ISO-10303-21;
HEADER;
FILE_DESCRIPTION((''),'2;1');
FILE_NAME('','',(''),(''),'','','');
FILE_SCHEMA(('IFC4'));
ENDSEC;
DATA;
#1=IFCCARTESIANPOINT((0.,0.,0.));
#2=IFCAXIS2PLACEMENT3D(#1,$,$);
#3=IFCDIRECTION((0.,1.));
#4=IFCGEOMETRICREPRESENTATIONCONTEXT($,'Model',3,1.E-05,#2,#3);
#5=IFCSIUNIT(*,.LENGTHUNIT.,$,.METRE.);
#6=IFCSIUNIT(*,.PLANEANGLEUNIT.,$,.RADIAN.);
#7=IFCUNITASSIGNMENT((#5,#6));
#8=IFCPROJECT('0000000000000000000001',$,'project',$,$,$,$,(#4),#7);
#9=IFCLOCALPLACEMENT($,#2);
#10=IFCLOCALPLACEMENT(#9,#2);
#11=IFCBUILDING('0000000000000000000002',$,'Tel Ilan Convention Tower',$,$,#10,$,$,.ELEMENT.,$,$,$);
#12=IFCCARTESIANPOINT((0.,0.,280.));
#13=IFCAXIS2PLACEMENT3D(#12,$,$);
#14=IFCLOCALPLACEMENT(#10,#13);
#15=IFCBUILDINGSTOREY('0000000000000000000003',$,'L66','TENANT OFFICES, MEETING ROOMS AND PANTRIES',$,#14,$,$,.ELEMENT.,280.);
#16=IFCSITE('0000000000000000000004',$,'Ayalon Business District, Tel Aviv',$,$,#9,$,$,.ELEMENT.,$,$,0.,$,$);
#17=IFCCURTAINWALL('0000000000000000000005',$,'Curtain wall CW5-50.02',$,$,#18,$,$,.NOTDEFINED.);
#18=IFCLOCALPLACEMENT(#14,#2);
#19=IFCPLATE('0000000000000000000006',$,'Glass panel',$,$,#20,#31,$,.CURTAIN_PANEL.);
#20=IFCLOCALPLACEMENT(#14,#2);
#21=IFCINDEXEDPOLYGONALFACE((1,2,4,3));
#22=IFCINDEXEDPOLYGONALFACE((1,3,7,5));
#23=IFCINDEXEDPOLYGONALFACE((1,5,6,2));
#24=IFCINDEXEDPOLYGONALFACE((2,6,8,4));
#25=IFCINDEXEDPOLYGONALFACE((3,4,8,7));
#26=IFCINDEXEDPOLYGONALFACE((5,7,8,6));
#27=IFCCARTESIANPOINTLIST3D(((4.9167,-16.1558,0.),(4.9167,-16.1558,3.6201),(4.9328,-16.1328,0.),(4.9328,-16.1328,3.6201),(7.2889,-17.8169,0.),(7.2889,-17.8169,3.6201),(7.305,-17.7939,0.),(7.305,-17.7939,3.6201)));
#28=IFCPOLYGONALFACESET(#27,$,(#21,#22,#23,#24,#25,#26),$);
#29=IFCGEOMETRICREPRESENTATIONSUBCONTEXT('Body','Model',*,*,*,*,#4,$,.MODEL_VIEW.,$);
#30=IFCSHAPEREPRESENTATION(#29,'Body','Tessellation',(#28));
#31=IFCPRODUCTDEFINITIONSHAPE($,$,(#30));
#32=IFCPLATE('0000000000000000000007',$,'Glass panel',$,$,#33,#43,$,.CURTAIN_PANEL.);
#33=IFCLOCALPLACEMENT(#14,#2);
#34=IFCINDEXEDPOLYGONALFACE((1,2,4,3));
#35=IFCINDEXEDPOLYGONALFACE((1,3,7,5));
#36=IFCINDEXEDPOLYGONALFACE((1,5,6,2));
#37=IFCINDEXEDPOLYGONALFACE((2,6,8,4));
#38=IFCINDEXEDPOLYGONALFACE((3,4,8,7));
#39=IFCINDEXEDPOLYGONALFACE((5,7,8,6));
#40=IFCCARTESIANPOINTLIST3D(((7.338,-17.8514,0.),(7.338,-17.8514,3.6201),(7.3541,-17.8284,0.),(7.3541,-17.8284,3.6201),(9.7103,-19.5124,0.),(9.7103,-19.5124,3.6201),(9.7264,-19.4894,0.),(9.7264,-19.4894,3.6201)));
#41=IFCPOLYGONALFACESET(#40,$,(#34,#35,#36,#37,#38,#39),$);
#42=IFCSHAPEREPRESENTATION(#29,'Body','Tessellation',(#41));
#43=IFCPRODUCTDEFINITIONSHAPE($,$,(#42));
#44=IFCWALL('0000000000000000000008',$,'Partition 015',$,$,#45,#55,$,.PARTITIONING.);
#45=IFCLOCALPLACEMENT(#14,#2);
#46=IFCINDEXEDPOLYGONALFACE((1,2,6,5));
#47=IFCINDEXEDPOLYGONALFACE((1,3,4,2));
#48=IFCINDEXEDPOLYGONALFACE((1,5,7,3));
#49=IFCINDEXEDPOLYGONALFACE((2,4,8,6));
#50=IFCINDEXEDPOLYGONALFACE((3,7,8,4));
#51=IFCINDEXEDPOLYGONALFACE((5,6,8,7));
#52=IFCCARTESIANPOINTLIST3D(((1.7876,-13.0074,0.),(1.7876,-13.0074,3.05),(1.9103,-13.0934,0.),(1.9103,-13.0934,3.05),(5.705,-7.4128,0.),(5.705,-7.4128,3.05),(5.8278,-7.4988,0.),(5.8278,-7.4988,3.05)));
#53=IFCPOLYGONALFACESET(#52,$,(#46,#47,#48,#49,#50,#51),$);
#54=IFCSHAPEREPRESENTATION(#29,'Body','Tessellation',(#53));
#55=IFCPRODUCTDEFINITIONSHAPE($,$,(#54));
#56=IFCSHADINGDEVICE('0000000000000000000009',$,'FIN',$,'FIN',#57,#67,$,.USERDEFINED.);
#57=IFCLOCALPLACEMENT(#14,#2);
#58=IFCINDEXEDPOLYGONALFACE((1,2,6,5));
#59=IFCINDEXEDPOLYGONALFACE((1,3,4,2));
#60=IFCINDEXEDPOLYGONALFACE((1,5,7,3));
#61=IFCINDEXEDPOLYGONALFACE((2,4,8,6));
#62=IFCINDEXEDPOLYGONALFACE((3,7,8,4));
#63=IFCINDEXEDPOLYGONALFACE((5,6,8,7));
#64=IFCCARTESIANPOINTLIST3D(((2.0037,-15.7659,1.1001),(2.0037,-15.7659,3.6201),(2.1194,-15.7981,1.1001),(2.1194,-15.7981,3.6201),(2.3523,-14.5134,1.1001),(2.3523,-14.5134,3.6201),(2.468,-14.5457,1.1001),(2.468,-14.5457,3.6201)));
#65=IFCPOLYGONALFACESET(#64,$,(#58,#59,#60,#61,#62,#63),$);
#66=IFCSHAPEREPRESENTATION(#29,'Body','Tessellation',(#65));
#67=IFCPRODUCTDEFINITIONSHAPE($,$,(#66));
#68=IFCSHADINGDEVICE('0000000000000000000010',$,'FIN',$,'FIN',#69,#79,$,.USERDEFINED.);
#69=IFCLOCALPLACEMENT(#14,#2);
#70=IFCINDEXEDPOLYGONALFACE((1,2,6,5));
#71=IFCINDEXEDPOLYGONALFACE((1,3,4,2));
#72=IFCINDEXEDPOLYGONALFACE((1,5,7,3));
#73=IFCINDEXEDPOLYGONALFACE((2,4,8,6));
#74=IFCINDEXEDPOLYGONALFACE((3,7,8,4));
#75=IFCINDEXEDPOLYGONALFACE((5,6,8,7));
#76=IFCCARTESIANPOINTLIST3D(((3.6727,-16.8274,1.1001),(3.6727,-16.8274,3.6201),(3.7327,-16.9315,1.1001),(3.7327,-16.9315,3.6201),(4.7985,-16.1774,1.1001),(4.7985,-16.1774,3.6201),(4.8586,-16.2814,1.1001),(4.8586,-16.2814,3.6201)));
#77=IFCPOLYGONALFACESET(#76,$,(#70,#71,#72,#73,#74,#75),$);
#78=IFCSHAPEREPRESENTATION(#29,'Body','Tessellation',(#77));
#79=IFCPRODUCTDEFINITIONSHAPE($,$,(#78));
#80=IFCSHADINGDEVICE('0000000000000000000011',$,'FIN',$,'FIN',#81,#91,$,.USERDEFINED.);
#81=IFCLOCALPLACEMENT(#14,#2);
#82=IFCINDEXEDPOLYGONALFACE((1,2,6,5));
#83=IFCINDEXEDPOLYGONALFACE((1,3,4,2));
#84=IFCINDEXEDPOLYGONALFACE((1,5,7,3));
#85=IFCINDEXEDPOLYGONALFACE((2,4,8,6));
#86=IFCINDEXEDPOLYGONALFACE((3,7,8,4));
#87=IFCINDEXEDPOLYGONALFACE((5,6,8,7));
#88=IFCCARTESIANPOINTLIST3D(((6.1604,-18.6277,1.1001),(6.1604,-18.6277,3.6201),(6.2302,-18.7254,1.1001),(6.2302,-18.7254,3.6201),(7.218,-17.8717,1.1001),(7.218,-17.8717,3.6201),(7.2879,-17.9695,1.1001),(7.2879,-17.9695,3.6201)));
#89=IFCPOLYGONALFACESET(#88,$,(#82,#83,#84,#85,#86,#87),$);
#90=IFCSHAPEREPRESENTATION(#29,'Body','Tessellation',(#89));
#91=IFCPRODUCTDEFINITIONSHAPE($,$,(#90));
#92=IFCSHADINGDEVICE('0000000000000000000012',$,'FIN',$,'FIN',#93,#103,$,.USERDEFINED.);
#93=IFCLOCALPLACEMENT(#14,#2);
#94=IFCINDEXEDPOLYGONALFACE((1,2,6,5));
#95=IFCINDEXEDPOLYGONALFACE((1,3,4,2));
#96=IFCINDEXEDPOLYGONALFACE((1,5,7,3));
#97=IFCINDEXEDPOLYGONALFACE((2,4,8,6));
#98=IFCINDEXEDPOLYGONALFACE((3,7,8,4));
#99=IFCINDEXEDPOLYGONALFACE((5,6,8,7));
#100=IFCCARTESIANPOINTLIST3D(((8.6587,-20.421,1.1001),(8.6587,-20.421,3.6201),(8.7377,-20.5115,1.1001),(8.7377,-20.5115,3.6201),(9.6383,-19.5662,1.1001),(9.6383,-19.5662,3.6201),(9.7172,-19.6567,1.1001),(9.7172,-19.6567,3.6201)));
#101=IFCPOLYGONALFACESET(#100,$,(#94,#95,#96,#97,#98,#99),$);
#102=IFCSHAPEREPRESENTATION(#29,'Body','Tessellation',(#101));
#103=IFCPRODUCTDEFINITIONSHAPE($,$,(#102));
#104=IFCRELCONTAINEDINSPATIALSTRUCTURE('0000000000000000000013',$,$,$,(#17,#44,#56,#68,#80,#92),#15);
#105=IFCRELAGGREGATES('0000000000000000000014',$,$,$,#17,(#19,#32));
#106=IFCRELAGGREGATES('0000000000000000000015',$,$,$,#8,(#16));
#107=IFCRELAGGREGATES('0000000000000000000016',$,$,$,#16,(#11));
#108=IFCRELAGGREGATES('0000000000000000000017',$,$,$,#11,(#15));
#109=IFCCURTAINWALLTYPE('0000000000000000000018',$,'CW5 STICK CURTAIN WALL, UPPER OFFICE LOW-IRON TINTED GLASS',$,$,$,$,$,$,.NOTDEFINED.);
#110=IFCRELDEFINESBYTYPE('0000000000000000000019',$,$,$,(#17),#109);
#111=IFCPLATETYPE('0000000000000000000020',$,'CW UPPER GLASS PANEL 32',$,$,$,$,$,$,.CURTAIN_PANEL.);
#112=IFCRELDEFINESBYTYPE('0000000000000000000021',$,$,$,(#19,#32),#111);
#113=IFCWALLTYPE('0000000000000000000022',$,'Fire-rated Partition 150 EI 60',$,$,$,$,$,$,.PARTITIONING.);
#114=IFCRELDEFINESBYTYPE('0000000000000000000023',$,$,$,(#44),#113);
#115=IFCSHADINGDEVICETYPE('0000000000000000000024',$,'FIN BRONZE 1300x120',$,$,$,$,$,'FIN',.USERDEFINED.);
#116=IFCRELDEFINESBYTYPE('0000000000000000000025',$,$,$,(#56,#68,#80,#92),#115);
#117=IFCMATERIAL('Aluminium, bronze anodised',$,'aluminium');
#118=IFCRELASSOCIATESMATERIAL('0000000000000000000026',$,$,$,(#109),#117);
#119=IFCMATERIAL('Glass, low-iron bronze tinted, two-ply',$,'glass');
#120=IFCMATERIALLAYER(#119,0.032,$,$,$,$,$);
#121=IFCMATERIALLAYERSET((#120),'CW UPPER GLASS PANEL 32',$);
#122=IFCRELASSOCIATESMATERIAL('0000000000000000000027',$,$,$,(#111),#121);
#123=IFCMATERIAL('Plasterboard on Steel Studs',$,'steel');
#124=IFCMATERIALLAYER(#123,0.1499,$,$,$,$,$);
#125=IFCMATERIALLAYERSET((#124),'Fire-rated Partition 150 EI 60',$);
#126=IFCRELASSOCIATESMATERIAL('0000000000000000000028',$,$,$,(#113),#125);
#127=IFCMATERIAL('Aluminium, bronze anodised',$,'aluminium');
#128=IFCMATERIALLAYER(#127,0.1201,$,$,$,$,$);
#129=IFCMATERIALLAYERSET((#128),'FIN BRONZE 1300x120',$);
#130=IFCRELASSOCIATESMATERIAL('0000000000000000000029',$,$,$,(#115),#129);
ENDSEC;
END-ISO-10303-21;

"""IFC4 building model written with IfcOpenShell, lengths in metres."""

from ifc_helpers import new_model, si_unit, direction, frame, frame_2d, origin, origin_2d, place, context, subcontext, project, spatial, rectangle, extrude, material, layer, layer_set, type_object, element, aggregate, save


model = new_model("IFC4")

# Units and contexts
model_context = context("Model", 3, precision=1e-05, world=origin(), true_north=direction((0.0, 1.0)))
body_context = subcontext(model_context, "Body", "Model", "MODEL_VIEW")
ifc_project = project(units=[si_unit("LENGTHUNIT", "METRE"), si_unit("PLANEANGLEUNIT", "RADIAN")], contexts=[model_context])

# Site, building, storey
site_placement = place(None, origin())
site = spatial("IfcSite", under=ifc_project, at=site_placement, Name="Ayalon Business District, Tel Aviv", CompositionType="ELEMENT", RefElevation=0.0)
building_placement = place(site_placement, origin())
building = spatial("IfcBuilding", under=site, at=building_placement, Name="Tel Ilan Convention Tower", CompositionType="ELEMENT")
storey_placement = place(building_placement, frame((0.0, 0.0, 280.0)))
storey = spatial("IfcBuildingStorey", under=building, at=storey_placement, Name="L66", Description="TENANT OFFICES, MEETING ROOMS AND PANTRIES", CompositionType="ELEMENT", Elevation=280.0)

# Curtain wall, plates
ifc_material_1 = material(Name="Aluminium, bronze anodised", Category="aluminium")
curtain_wall_type = type_object("IfcCurtainWallType", Name="CW5 STICK CURTAIN WALL, UPPER OFFICE LOW-IRON TINTED GLASS", PredefinedType="NOTDEFINED", material=ifc_material_1)
curtain_wall_placement = place(storey_placement, origin())
curtain_wall = element("IfcCurtainWall", 1, at=curtain_wall_placement, inside=storey, type_object=curtain_wall_type, Name="Curtain wall CW5-50.02", PredefinedType="NOTDEFINED")
ifc_material_2 = material(Name="Glass, low-iron bronze tinted, two-ply", Category="glass")
ifc_layer_1 = layer(ifc_material_2, 0.032)
ifc_layer_set_1 = layer_set([ifc_layer_1], Name="CW UPPER GLASS PANEL 32")
plate_type = type_object("IfcPlateType", Name="CW UPPER GLASS PANEL 32", PredefinedType="CURTAIN_PANEL", material=ifc_layer_set_1)
plate_1_placement = place(storey_placement, frame((6.1108, -16.9749, 0.0), z_axis=(0.0, 0.0, 1.0), x_axis=(0.819152, -0.573576, 0.0)))
plate_1 = element("IfcPlate", 2, at=plate_1_placement, type_object=plate_type, Name="Glass panel", PredefinedType="CURTAIN_PANEL", context=body_context, shape_type="SweptSolid", body=[
    extrude(rectangle(XDim=2.896, YDim=0.0281, at=origin_2d()), origin(), (0.0, 0.0, 1.0), 3.6201),
])
plate_2_placement = place(storey_placement, frame((8.5322, -18.6704, 0.0), z_axis=(0.0, 0.0, 1.0), x_axis=(0.819152, -0.573576, 0.0)))
plate_2 = element("IfcPlate", 3, at=plate_2_placement, type_object=plate_type, Name="Glass panel", PredefinedType="CURTAIN_PANEL", context=body_context, shape_type="SweptSolid", body=[
    extrude(rectangle(XDim=2.896, YDim=0.0281, at=origin_2d()), origin(), (0.0, 0.0, 1.0), 3.6201),
])
aggregate(curtain_wall, [plate_1, plate_2])

# Wall
ifc_material_3 = material(Name="Plasterboard on Steel Studs", Category="steel")
ifc_layer_2 = layer(ifc_material_3, 0.1499)
ifc_layer_set_2 = layer_set([ifc_layer_2], Name="Fire-rated Partition 150 EI 60")
wall_type = type_object("IfcWallType", Name="Fire-rated Partition 150 EI 60", PredefinedType="PARTITIONING", material=ifc_layer_set_2)
wall_placement = place(storey_placement, frame((1.8489, -13.0505, 0.0), z_axis=(0.0, 0.0, 1.0), x_axis=(0.573577, 0.819151, 0.0)))
element("IfcWall", 4, at=wall_placement, inside=storey, type_object=wall_type, Name="Partition 015", PredefinedType="PARTITIONING", context=body_context, shape_type="SweptSolid", body=[
    extrude(rectangle(XDim=6.8298, YDim=0.1499, at=frame_2d((3.415, 0.0))), origin(), (0.0, 0.0, 1.0), 3.05),
])

# Shading devices
ifc_material_4 = material(Name="Aluminium, bronze anodised", Category="aluminium")
ifc_layer_3 = layer(ifc_material_4, 0.1201)
ifc_layer_set_3 = layer_set([ifc_layer_3], Name="FIN BRONZE 1300x120")
shading_device_type = type_object("IfcShadingDeviceType", Name="FIN BRONZE 1300x120", ElementType="FIN", PredefinedType="USERDEFINED", material=ifc_layer_set_3)
for number, where, z_axis, x_axis, name in (
    (5, (2.2358, -15.1558, 1.1001), (0.0, 0.0, 1.0), (-0.268173, -0.963371, 0.0), "FIN"),
    (6, (4.2656, -16.5544, 1.1001), (0.0, 0.0, 1.0), (-0.866025, -0.5, 0.0), "FIN"),
    (7, (6.7241, -18.2986, 1.1001), (0.0, 0.0, 1.0), (-0.813552, -0.581492, 0.0), "FIN"),
    (8, (9.188, -20.0388, 1.1001), (0.0, 0.0, 1.0), (-0.753436, -0.657521, 0.0), "FIN"),
):
    element("IfcShadingDevice", number, at=place(storey_placement, frame(where, z_axis=z_axis, x_axis=x_axis)), inside=storey, type_object=shading_device_type, Name=name, ObjectType="FIN", PredefinedType="USERDEFINED", context=body_context, shape_type="SweptSolid", body=[
        extrude(rectangle(XDim=1.3, YDim=0.1201, at=origin_2d()), origin(), (0.0, 0.0, 1.0), 2.52),
    ])

save(model, "model.ifc")
